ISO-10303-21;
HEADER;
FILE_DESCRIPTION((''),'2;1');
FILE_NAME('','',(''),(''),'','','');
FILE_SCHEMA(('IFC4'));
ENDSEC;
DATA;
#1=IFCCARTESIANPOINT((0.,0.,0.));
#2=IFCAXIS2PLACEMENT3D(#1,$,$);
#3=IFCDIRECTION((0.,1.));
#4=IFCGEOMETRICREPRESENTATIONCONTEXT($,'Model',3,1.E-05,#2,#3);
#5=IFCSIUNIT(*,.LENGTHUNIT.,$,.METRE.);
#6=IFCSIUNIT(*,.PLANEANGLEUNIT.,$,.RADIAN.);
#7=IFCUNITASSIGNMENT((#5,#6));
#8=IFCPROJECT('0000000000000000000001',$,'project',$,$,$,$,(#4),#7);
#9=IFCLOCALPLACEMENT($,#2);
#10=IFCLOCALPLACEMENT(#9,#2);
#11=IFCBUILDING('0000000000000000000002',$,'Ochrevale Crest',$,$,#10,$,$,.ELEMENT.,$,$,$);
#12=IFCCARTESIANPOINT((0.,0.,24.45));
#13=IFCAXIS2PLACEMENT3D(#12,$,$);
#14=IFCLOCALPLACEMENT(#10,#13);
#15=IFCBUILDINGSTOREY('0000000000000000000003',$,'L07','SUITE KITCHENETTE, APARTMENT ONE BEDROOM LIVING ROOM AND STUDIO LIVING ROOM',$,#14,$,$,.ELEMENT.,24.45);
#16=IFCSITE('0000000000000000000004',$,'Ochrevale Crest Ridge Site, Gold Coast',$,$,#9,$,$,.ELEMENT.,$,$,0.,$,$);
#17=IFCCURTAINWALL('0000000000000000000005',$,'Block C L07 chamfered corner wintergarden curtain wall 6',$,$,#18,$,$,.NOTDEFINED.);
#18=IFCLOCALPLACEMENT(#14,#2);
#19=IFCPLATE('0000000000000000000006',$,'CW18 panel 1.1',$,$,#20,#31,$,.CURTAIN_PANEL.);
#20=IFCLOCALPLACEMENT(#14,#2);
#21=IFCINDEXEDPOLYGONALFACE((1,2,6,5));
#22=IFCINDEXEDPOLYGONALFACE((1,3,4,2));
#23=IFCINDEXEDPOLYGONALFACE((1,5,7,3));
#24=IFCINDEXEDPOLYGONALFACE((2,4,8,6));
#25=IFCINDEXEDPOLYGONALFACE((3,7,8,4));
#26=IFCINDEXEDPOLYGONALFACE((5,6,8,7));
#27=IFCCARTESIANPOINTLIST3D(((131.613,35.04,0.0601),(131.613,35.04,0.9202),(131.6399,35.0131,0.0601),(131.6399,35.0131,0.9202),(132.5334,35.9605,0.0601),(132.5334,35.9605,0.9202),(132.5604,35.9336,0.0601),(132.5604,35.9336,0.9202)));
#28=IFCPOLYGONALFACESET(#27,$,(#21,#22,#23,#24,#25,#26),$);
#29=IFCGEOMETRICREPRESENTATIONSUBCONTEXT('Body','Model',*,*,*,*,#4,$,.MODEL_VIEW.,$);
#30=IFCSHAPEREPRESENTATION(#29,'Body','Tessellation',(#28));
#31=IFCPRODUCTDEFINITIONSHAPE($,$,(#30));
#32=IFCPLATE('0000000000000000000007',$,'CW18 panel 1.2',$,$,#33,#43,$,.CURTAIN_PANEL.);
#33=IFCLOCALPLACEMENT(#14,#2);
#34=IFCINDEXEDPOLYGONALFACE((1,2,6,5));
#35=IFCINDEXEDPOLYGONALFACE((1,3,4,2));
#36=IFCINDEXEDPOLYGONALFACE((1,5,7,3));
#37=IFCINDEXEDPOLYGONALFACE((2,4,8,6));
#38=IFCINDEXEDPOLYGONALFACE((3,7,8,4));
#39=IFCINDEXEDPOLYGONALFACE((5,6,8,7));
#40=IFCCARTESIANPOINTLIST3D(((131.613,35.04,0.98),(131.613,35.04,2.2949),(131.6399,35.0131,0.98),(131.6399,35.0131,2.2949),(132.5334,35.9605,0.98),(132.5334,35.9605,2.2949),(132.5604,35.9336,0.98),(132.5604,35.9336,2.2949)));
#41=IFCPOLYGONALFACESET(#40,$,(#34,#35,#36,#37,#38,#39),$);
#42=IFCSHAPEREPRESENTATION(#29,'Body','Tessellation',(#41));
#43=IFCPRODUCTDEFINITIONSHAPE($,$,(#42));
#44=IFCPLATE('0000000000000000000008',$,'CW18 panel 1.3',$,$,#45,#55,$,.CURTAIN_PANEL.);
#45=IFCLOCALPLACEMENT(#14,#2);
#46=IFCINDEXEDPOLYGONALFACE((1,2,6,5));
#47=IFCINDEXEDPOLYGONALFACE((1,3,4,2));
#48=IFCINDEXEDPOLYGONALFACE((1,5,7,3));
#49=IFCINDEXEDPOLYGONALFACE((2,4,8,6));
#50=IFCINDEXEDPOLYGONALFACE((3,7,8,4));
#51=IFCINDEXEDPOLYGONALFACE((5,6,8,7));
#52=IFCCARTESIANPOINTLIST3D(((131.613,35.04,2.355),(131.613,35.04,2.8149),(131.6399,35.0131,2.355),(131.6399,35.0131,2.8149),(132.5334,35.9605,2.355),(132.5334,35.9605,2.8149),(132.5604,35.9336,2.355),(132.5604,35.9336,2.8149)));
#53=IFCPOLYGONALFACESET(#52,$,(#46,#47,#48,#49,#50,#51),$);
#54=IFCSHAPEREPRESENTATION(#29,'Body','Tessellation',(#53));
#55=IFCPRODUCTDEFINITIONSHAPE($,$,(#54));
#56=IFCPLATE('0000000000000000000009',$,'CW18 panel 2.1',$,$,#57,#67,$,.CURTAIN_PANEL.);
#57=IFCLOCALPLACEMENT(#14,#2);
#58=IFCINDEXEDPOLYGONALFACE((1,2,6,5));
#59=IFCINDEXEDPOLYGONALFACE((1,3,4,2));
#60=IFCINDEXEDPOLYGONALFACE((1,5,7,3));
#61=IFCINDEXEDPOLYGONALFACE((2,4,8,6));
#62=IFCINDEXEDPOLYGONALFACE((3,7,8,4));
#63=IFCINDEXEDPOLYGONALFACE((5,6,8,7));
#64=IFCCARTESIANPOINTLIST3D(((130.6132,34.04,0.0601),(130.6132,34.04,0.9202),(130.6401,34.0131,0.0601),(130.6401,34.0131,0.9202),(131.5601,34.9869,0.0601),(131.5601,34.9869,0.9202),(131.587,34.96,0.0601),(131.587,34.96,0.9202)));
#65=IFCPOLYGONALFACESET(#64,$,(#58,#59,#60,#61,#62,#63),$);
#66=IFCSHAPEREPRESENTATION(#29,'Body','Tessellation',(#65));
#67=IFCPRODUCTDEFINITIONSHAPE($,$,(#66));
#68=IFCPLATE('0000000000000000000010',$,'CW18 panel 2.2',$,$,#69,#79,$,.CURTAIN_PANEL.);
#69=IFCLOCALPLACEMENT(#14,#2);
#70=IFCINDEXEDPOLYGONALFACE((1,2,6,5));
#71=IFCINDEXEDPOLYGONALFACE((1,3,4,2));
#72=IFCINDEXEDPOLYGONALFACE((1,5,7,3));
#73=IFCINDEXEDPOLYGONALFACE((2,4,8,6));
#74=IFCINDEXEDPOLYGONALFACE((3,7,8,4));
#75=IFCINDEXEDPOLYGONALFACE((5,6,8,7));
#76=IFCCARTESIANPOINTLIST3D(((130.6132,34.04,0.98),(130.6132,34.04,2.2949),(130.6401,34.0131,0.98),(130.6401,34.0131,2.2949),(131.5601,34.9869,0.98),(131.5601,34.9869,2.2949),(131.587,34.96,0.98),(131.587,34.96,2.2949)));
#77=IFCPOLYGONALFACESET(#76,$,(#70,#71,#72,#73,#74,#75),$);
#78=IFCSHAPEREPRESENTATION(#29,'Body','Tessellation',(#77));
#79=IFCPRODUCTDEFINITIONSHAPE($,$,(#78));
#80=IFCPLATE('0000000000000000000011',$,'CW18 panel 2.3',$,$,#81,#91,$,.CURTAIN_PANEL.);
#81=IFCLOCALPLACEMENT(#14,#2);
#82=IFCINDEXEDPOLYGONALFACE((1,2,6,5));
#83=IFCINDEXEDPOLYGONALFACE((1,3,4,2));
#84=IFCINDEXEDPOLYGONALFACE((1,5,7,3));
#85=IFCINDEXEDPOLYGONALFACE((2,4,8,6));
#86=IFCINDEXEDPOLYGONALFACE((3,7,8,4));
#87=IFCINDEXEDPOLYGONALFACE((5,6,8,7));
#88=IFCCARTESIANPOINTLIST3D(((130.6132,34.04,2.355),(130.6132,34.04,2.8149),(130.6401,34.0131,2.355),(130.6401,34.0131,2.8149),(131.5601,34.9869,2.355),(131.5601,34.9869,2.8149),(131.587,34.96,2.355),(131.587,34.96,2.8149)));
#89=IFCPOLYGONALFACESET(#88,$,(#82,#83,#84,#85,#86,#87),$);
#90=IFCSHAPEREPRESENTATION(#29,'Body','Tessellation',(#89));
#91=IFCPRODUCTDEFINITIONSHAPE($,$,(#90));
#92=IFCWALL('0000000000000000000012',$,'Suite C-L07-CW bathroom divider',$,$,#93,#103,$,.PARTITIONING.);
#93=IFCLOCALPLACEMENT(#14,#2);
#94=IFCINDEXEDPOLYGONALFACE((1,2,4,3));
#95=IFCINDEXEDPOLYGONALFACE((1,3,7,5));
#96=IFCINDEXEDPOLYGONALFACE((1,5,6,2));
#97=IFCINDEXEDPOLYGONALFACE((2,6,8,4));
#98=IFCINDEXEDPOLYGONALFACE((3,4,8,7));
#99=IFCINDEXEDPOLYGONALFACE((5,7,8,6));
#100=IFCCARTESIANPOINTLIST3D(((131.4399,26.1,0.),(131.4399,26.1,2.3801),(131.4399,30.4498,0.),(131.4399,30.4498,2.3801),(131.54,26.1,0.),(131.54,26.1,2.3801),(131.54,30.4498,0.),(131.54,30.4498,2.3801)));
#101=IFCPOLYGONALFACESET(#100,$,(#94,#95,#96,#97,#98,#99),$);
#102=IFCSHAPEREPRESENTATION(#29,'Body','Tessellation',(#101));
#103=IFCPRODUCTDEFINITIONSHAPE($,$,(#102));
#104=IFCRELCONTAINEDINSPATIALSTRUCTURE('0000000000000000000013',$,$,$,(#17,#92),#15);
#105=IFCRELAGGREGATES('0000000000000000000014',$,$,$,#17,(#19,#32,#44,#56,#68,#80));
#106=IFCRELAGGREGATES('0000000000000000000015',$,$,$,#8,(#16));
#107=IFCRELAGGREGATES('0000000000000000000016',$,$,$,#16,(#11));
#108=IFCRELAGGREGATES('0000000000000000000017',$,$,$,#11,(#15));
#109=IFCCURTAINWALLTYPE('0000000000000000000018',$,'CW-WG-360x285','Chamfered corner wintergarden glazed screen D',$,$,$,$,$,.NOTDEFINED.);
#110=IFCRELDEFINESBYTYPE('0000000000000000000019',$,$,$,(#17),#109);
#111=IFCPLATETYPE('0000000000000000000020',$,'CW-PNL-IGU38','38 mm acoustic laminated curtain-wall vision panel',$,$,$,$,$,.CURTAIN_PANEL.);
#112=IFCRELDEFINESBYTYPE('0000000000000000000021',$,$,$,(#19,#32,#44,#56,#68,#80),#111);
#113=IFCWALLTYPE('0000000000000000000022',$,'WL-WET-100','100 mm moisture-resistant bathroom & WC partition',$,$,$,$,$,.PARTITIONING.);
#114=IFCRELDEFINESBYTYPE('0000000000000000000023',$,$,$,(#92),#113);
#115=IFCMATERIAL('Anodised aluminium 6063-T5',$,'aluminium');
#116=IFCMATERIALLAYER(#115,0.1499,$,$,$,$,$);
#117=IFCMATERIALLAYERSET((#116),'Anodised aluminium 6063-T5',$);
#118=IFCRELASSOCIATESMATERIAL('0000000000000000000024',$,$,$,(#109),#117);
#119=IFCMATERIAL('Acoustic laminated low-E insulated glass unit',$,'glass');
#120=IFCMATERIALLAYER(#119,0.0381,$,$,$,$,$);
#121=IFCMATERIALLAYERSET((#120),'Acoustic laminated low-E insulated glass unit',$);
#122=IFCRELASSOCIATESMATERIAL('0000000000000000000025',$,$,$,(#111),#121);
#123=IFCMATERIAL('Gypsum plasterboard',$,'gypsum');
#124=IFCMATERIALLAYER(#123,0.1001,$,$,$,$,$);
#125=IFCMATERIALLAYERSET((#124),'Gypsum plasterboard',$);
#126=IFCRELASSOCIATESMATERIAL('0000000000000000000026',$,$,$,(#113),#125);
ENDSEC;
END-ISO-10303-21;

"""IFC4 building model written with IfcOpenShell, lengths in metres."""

from ifc_helpers import new_model, si_unit, direction, frame, frame_2d, origin, origin_2d, place, context, subcontext, project, spatial, rectangle, extrude, material, layer, layer_set, type_object, element, aggregate, save


model = new_model("IFC4")

# Units and contexts
model_context = context("Model", 3, precision=1e-05, world=origin(), true_north=direction((0.0, 1.0)))
body_context = subcontext(model_context, "Body", "Model", "MODEL_VIEW")
ifc_project = project(units=[si_unit("LENGTHUNIT", "METRE"), si_unit("PLANEANGLEUNIT", "RADIAN")], contexts=[model_context])

# Site, building, storey
site_placement = place(None, origin())
site = spatial("IfcSite", under=ifc_project, at=site_placement, Name="Ochrevale Crest Ridge Site, Gold Coast", CompositionType="ELEMENT", RefElevation=0.0)
building_placement = place(site_placement, origin())
building = spatial("IfcBuilding", under=site, at=building_placement, Name="Ochrevale Crest", CompositionType="ELEMENT")
storey_placement = place(building_placement, frame((0.0, 0.0, 24.45)))
storey = spatial("IfcBuildingStorey", under=building, at=storey_placement, Name="L07", Description="SUITE KITCHENETTE, APARTMENT ONE BEDROOM LIVING ROOM AND STUDIO LIVING ROOM", CompositionType="ELEMENT", Elevation=24.45)

# Curtain wall
ifc_material_1 = material(Name="Anodised aluminium 6063-T5", Category="aluminium")
ifc_layer_1 = layer(ifc_material_1, 0.1499)
ifc_layer_set_1 = layer_set([ifc_layer_1], Name="Anodised aluminium 6063-T5")
curtain_wall_type_1 = type_object("IfcCurtainWallType", Name="CW-WG-360x285", Description="Chamfered corner wintergarden glazed screen D", PredefinedType="NOTDEFINED", material=ifc_layer_set_1)
curtain_wall_1_placement = place(storey_placement, origin())
curtain_wall_1 = element("IfcCurtainWall", 1, at=curtain_wall_1_placement, inside=storey, type_object=curtain_wall_type_1, Name="Block C L07 chamfered corner wintergarden curtain wall 6", PredefinedType="NOTDEFINED")

# Plates
ifc_material_2 = material(Name="Acoustic laminated low-E insulated glass unit", Category="glass")
ifc_layer_2 = layer(ifc_material_2, 0.0381)
ifc_layer_set_2 = layer_set([ifc_layer_2], Name="Acoustic laminated low-E insulated glass unit")
plate_type = type_object("IfcPlateType", Name="CW-PNL-IGU38", Description="38 mm acoustic laminated curtain-wall vision panel", PredefinedType="CURTAIN_PANEL", material=ifc_layer_set_2)
plate_1_placement = place(storey_placement, frame((132.0867, 35.4868, 0.0601), z_axis=(0.0, 0.0, 1.0), x_axis=(-0.707107, -0.707107, 0.0)))
plate_1 = element("IfcPlate", 2, at=plate_1_placement, type_object=plate_type, Name="CW18 panel 1.1", PredefinedType="CURTAIN_PANEL", context=body_context, shape_type="SweptSolid", body=[
    extrude(rectangle(XDim=1.3018, YDim=0.0381, at=origin_2d()), origin(), (0.0, 0.0, 1.0), 0.8601),
])
plate_2_placement = place(storey_placement, frame((132.0867, 35.4868, 0.98), z_axis=(0.0, 0.0, 1.0), x_axis=(-0.707107, -0.707107, 0.0)))
plate_2 = element("IfcPlate", 3, at=plate_2_placement, type_object=plate_type, Name="CW18 panel 1.2", PredefinedType="CURTAIN_PANEL", context=body_context, shape_type="SweptSolid", body=[
    extrude(rectangle(XDim=1.3018, YDim=0.0381, at=origin_2d()), origin(), (0.0, 0.0, 1.0), 1.3149),
])
plate_3_placement = place(storey_placement, frame((132.0867, 35.4868, 2.355), z_axis=(0.0, 0.0, 1.0), x_axis=(-0.707107, -0.707107, 0.0)))
plate_3 = element("IfcPlate", 4, at=plate_3_placement, type_object=plate_type, Name="CW18 panel 1.3", PredefinedType="CURTAIN_PANEL", context=body_context, shape_type="SweptSolid", body=[
    extrude(rectangle(XDim=1.3018, YDim=0.0381, at=origin_2d()), origin(), (0.0, 0.0, 1.0), 0.46),
])
plate_4_placement = place(storey_placement, frame((131.1001, 34.5, 0.0601), z_axis=(0.0, 0.0, 1.0), x_axis=(-0.707107, -0.707107, 0.0)))
plate_4 = element("IfcPlate", 5, at=plate_4_placement, type_object=plate_type, Name="CW18 panel 2.1", PredefinedType="CURTAIN_PANEL", context=body_context, shape_type="SweptSolid", body=[
    extrude(rectangle(XDim=1.3391, YDim=0.0381, at=origin_2d()), origin(), (0.0, 0.0, 1.0), 0.8601),
])
plate_5_placement = place(storey_placement, frame((131.1001, 34.5, 0.98), z_axis=(0.0, 0.0, 1.0), x_axis=(-0.707107, -0.707107, 0.0)))
plate_5 = element("IfcPlate", 6, at=plate_5_placement, type_object=plate_type, Name="CW18 panel 2.2", PredefinedType="CURTAIN_PANEL", context=body_context, shape_type="SweptSolid", body=[
    extrude(rectangle(XDim=1.3391, YDim=0.0381, at=origin_2d()), origin(), (0.0, 0.0, 1.0), 1.3149),
])
plate_6_placement = place(storey_placement, frame((131.1001, 34.5, 2.355), z_axis=(0.0, 0.0, 1.0), x_axis=(-0.707107, -0.707107, 0.0)))
plate_6 = element("IfcPlate", 7, at=plate_6_placement, type_object=plate_type, Name="CW18 panel 2.3", PredefinedType="CURTAIN_PANEL", context=body_context, shape_type="SweptSolid", body=[
    extrude(rectangle(XDim=1.3391, YDim=0.0381, at=origin_2d()), origin(), (0.0, 0.0, 1.0), 0.46),
])
aggregate(curtain_wall_1, [plate_1, plate_2, plate_3, plate_4, plate_5, plate_6])

# Wall
ifc_material_3 = material(Name="Gypsum plasterboard", Category="gypsum")
ifc_layer_3 = layer(ifc_material_3, 0.1001)
ifc_layer_set_3 = layer_set([ifc_layer_3], Name="Gypsum plasterboard")
wall_type = type_object("IfcWallType", Name="WL-WET-100", Description="100 mm moisture-resistant bathroom & WC partition", PredefinedType="PARTITIONING", material=ifc_layer_set_3)
wall_placement = place(storey_placement, frame((131.49, 26.1001, 0.0), z_axis=(0.0, 0.0, 1.0), x_axis=(0.0, 1.0, 0.0)))
element("IfcWall", 8, at=wall_placement, inside=storey, type_object=wall_type, Name="Suite C-L07-CW bathroom divider", PredefinedType="PARTITIONING", context=body_context, shape_type="SweptSolid", body=[
    extrude(rectangle(XDim=4.3499, YDim=0.1001, at=frame_2d((2.1748, 0.0))), origin(), (0.0, 0.0, 1.0), 2.3801),
])

save(model, "model.ifc")
